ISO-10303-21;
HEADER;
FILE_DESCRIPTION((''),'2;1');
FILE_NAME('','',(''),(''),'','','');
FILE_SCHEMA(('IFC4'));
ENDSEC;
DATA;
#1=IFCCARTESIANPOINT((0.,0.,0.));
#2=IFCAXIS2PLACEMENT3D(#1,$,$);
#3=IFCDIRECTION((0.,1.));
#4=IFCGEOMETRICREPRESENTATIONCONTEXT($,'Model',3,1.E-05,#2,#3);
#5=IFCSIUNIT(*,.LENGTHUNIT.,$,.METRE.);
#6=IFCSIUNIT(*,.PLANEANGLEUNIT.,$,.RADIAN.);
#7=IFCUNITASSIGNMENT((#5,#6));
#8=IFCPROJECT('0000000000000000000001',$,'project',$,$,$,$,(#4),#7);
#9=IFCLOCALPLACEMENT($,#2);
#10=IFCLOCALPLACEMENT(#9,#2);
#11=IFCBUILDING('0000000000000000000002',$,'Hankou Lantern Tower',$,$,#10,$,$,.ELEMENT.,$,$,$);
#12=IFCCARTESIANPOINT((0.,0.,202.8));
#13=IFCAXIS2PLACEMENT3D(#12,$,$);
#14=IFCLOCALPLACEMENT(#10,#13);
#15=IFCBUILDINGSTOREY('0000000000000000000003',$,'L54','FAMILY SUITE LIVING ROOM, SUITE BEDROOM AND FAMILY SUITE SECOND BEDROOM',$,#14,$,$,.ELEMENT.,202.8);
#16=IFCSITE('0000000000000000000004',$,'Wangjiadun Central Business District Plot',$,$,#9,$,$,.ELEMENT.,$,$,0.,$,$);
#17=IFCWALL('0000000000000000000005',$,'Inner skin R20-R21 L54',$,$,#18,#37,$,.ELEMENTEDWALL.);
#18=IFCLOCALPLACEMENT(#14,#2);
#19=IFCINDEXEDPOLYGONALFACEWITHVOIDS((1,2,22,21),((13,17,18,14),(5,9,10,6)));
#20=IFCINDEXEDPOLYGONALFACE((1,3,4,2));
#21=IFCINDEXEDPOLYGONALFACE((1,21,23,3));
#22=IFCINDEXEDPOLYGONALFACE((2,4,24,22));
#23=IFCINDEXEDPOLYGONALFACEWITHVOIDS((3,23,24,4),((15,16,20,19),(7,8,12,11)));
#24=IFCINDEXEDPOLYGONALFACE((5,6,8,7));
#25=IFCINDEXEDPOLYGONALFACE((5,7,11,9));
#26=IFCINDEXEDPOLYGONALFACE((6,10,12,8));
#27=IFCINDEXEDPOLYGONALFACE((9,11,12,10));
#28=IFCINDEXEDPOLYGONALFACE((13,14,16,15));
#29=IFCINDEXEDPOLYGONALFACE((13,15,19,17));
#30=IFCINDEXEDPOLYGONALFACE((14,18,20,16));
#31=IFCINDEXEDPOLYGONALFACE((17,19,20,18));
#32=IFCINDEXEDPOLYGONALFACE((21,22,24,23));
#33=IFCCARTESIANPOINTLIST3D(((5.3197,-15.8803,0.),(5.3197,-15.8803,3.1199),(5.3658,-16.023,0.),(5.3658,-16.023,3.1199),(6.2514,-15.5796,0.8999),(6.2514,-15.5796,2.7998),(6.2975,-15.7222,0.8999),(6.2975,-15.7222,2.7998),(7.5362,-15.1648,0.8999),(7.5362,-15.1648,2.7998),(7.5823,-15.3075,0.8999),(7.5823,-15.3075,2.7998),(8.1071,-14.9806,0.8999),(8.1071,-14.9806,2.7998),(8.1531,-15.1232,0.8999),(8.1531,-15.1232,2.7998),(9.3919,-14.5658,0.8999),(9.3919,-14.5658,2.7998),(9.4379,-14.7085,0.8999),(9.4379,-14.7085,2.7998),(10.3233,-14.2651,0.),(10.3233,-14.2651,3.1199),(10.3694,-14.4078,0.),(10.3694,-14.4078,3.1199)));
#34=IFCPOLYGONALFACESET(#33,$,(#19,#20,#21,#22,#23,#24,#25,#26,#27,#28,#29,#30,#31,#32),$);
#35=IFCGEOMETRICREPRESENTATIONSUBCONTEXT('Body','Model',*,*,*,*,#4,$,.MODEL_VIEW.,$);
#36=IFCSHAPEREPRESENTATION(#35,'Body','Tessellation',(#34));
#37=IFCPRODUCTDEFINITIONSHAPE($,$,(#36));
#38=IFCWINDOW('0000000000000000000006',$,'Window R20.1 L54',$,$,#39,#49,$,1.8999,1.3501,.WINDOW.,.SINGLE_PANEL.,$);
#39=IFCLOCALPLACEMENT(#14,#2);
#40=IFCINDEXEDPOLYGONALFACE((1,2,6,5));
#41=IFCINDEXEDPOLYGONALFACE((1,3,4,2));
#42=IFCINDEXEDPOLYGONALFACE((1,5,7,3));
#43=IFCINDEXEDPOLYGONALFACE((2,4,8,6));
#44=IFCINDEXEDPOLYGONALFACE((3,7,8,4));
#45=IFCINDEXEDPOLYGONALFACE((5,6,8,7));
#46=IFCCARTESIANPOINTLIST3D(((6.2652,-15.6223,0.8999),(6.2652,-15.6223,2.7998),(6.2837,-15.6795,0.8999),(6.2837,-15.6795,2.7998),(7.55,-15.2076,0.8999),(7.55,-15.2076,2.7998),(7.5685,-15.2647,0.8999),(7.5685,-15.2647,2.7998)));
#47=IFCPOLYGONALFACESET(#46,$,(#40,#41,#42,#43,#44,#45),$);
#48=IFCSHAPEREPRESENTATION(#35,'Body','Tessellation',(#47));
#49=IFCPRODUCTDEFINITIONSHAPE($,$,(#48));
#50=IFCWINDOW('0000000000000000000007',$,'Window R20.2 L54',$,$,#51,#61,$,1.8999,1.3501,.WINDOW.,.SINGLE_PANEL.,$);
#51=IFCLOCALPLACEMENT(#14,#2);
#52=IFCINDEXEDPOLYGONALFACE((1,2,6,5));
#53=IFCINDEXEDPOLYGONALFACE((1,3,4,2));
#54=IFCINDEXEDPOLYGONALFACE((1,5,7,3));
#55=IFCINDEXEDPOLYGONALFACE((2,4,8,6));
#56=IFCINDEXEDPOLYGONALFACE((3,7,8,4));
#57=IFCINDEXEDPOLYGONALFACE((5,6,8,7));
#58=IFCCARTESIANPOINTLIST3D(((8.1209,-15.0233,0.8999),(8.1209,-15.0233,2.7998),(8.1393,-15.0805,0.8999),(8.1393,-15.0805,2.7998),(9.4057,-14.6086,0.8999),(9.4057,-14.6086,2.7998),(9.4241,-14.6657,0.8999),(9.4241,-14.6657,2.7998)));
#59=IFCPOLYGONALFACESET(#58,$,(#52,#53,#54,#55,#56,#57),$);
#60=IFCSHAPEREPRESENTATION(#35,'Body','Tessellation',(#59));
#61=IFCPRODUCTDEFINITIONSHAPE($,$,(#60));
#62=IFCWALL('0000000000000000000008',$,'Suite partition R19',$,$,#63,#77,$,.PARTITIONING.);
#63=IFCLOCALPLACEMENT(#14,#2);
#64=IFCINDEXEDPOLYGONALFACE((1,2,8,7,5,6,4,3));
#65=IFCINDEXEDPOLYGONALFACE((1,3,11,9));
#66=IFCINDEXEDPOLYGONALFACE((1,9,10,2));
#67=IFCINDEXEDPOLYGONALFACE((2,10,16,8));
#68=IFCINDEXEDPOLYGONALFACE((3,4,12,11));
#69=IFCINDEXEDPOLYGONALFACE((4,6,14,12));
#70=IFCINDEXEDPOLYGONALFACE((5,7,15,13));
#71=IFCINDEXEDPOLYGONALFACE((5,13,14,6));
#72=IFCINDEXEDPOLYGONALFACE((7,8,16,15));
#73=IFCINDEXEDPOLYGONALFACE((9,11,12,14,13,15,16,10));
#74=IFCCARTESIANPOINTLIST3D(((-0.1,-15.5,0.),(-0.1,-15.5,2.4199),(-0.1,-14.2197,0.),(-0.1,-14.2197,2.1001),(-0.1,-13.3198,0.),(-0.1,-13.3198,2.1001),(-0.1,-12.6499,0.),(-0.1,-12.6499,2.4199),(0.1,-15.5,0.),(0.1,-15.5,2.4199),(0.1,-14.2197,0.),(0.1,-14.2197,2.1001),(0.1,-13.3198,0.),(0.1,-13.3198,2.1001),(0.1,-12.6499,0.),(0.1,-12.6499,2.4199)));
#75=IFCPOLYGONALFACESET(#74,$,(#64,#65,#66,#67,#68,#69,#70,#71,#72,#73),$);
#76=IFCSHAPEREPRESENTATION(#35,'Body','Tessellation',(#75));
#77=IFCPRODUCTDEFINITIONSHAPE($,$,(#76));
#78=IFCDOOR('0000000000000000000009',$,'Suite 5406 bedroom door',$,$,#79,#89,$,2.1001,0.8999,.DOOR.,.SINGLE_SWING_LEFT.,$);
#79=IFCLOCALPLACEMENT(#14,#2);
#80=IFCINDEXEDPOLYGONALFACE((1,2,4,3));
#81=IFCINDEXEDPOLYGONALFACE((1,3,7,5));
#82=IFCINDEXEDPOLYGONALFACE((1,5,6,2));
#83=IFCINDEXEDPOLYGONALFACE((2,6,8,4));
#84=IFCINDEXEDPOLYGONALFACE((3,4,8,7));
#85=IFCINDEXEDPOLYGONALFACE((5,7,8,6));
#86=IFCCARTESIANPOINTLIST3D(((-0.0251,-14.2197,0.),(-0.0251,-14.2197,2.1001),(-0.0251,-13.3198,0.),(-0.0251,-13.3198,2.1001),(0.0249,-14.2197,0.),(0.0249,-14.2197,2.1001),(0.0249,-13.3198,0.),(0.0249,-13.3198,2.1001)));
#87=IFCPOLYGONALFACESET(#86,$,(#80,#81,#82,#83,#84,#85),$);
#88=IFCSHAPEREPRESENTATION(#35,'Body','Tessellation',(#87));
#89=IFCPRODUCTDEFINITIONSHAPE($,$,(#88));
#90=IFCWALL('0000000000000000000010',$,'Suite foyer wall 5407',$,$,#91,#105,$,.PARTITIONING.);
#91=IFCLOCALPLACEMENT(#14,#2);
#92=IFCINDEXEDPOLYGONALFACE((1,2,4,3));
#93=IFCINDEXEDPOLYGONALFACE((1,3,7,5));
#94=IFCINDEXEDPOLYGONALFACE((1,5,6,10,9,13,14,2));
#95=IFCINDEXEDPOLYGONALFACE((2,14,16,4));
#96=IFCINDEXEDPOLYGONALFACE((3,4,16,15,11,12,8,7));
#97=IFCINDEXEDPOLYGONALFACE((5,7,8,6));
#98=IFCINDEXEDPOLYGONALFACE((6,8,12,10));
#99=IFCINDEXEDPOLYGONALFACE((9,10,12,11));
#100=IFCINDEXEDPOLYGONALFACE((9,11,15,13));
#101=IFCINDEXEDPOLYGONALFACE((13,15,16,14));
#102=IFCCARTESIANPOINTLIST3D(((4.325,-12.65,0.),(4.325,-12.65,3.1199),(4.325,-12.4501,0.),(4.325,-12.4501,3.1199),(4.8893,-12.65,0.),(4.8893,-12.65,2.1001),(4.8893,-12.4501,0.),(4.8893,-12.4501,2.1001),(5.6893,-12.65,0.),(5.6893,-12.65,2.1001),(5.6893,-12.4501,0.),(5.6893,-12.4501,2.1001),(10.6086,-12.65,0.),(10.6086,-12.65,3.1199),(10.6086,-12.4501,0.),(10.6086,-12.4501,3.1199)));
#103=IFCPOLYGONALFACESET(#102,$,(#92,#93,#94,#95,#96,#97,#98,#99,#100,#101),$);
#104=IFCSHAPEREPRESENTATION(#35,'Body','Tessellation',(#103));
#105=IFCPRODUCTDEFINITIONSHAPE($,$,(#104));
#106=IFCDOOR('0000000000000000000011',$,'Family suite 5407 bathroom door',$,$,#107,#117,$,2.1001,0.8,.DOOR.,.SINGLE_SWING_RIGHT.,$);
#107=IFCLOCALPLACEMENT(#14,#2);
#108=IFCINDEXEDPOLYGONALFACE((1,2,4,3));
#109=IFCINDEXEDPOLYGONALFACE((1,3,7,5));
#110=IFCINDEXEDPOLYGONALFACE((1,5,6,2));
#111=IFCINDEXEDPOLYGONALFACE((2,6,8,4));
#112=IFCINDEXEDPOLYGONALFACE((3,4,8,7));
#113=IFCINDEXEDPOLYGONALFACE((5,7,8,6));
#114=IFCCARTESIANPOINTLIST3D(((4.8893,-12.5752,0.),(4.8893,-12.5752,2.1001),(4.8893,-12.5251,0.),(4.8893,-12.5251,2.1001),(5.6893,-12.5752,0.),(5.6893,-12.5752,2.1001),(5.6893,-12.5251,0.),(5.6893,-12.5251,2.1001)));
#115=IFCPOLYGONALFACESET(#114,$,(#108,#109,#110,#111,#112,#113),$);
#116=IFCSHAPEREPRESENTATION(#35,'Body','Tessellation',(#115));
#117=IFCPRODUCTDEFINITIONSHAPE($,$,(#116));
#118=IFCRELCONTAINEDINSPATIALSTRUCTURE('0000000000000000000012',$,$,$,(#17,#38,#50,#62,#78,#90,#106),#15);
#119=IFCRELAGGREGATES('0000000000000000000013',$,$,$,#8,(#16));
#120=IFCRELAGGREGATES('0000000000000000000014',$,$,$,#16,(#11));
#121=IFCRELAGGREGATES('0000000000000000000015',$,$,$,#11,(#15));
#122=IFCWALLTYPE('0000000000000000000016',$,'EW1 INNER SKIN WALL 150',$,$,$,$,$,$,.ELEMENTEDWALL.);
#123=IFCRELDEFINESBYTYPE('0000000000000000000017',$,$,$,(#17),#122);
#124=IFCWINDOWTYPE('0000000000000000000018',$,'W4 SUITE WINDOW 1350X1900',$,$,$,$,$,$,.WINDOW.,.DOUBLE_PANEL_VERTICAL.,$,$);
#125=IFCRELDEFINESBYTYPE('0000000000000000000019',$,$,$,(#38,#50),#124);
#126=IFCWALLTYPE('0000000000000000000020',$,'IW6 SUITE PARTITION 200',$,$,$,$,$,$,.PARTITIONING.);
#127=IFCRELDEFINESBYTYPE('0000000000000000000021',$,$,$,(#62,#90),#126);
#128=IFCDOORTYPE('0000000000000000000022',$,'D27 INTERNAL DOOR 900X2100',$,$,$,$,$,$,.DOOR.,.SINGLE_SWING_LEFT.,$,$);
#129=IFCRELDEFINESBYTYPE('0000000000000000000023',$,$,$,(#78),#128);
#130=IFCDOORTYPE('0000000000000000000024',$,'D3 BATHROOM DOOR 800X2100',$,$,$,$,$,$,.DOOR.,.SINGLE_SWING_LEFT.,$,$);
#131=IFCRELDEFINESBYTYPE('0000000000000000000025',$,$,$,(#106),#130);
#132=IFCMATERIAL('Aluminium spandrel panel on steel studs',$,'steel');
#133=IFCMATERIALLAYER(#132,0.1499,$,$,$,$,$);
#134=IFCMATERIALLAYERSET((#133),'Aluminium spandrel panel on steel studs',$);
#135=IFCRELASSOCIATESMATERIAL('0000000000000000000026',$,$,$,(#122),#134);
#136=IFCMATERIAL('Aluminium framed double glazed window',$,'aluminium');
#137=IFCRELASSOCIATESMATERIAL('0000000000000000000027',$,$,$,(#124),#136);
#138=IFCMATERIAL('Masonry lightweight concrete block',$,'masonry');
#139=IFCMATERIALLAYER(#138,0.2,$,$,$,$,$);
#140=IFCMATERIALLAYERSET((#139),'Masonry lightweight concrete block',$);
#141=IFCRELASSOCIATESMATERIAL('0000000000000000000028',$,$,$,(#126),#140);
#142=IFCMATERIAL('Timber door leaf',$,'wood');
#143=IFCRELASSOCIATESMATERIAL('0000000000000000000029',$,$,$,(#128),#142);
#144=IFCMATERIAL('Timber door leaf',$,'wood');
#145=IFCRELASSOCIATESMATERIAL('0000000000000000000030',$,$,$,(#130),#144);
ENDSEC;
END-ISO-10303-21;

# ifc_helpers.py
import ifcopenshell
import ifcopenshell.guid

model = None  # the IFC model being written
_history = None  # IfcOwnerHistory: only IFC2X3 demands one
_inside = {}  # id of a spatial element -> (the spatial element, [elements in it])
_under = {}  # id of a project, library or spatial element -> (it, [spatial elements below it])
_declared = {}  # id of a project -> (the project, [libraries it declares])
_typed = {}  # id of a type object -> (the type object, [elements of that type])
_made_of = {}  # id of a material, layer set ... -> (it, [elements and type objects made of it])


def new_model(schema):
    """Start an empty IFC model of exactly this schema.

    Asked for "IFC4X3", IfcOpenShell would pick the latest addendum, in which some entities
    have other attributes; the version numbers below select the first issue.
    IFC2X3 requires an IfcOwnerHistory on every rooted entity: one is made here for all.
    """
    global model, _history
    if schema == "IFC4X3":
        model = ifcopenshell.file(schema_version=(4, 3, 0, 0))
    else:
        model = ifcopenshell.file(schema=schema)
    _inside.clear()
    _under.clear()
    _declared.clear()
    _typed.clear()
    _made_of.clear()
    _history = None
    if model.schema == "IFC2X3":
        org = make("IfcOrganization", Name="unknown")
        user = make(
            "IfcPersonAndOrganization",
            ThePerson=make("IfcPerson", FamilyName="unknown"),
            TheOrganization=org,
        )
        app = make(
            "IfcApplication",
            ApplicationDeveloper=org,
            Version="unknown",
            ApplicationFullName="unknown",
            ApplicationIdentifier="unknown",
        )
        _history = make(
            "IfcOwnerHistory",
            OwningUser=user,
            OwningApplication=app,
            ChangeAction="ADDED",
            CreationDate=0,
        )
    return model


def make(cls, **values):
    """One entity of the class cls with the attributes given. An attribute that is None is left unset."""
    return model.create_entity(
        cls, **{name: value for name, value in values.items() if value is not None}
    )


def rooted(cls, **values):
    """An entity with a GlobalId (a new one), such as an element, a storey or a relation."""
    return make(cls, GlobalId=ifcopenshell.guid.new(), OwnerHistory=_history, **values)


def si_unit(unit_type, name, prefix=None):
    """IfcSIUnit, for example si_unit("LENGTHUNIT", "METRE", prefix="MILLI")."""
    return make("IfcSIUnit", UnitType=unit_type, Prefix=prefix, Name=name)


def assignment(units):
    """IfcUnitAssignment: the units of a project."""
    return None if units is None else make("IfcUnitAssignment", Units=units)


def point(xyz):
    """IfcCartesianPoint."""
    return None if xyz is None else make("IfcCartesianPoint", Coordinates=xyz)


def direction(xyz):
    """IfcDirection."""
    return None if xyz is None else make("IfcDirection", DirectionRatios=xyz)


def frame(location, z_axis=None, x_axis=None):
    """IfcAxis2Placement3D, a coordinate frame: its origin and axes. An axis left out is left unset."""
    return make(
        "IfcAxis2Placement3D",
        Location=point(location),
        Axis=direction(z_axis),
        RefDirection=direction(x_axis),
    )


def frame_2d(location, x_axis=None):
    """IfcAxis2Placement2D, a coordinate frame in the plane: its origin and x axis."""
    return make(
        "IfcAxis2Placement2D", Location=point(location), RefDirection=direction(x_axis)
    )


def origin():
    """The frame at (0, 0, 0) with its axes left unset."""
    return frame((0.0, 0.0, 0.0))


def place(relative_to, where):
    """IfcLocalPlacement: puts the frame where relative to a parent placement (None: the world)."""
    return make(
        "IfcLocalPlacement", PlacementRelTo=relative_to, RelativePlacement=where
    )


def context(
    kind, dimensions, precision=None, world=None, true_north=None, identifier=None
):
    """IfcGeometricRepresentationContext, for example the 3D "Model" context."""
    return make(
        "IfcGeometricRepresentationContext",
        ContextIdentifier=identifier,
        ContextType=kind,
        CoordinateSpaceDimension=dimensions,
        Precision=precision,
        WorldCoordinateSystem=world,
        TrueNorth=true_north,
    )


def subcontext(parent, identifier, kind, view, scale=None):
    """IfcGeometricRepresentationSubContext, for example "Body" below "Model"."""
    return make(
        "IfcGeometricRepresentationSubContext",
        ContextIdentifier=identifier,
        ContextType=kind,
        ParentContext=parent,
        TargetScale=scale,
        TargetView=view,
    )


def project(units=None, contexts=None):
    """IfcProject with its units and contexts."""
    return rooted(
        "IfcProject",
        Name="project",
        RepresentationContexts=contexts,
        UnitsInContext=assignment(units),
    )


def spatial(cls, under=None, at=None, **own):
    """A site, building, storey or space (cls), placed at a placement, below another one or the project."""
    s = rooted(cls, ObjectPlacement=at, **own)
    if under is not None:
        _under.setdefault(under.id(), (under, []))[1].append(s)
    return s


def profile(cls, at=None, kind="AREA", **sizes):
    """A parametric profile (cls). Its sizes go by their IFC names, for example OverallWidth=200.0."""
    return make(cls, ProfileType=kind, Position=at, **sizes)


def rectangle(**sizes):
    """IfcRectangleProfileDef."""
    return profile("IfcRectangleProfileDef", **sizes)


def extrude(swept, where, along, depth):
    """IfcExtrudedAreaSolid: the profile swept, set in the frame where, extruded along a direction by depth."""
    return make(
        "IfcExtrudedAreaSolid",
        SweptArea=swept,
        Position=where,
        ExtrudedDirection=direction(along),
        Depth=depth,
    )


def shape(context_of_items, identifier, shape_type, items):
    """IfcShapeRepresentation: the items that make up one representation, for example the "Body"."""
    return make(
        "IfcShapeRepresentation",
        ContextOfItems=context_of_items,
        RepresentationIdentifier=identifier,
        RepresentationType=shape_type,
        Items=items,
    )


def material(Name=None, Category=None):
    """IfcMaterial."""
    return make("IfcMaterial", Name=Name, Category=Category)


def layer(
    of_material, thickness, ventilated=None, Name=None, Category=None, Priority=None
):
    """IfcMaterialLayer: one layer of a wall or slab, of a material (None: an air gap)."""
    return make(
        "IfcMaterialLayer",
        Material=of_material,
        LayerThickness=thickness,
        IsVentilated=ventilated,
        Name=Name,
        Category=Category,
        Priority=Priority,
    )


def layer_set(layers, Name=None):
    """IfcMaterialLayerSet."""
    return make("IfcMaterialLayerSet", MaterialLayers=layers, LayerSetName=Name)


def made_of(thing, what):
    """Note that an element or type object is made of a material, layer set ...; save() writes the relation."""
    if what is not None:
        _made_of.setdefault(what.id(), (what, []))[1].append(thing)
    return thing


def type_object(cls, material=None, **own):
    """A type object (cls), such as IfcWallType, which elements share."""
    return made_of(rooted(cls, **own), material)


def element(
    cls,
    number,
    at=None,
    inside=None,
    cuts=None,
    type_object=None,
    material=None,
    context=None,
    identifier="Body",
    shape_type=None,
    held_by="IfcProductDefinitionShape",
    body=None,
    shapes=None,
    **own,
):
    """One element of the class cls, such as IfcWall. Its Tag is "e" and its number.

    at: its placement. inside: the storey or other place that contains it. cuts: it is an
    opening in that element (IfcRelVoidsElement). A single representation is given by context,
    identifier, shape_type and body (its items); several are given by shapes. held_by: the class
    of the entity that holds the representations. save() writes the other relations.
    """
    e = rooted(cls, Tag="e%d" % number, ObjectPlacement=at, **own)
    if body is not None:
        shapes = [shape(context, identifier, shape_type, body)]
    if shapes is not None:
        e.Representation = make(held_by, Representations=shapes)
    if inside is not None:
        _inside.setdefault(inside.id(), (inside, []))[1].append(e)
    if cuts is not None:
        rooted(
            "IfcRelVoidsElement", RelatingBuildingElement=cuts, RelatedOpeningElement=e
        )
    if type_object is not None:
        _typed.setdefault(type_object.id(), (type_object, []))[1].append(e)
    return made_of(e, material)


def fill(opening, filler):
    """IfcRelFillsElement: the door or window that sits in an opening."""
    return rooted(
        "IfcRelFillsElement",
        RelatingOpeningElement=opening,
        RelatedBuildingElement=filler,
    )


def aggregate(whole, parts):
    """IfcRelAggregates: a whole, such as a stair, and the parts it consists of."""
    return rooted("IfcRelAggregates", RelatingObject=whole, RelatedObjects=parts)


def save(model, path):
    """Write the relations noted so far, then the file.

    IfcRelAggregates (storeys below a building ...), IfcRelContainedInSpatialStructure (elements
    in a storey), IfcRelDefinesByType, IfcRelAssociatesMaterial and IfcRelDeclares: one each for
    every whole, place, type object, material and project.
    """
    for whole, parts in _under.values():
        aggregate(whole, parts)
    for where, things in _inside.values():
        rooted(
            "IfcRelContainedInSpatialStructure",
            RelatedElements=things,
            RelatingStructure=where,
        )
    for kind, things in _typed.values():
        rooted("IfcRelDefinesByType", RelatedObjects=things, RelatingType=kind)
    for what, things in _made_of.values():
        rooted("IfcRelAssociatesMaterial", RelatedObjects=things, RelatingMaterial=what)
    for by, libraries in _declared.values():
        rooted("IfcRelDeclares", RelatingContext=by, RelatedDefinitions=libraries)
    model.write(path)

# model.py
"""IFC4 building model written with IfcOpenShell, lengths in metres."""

from ifc_helpers import new_model, si_unit, direction, frame, frame_2d, origin, place, context, subcontext, project, spatial, rectangle, extrude, material, layer, layer_set, type_object, element, fill, save


model = new_model("IFC4")

# Units and contexts
model_context = context("Model", 3, precision=1e-05, world=origin(), true_north=direction((0.0, 1.0)))
body_context = subcontext(model_context, "Body", "Model", "MODEL_VIEW")
ifc_project = project(units=[si_unit("LENGTHUNIT", "METRE"), si_unit("PLANEANGLEUNIT", "RADIAN")], contexts=[model_context])

# Site, building, storey
site_placement = place(None, origin())
site = spatial("IfcSite", under=ifc_project, at=site_placement, Name="Wangjiadun Central Business District Plot", CompositionType="ELEMENT", RefElevation=0.0)
building_placement = place(site_placement, origin())
building = spatial("IfcBuilding", under=site, at=building_placement, Name="Hankou Lantern Tower", CompositionType="ELEMENT")
storey_placement = place(building_placement, frame((0.0, 0.0, 202.8)))
storey = spatial("IfcBuildingStorey", under=building, at=storey_placement, Name="L54", Description="FAMILY SUITE LIVING ROOM, SUITE BEDROOM AND FAMILY SUITE SECOND BEDROOM", CompositionType="ELEMENT", Elevation=202.8)

# Wall, openings, windows
ifc_material_1 = material(Name="Aluminium spandrel panel on steel studs", Category="steel")
ifc_layer_1 = layer(ifc_material_1, 0.1499)
ifc_layer_set_1 = layer_set([ifc_layer_1], Name="Aluminium spandrel panel on steel studs")
wall_type_1 = type_object("IfcWallType", Name="EW1 INNER SKIN WALL 150", PredefinedType="ELEMENTEDWALL", material=ifc_layer_set_1)
ifc_material_2 = material(Name="Aluminium framed double glazed window", Category="aluminium")
window_type = type_object("IfcWindowType", Name="W4 SUITE WINDOW 1350X1900", PartitioningType="DOUBLE_PANEL_VERTICAL", PredefinedType="WINDOW", material=ifc_material_2)
wall_1_placement = place(storey_placement, frame((5.3428, -15.9517, 0.0), z_axis=(0.0, 0.0, 1.0), x_axis=(0.951645, 0.307201, 0.0)))
wall_1 = element("IfcWall", 1, at=wall_1_placement, inside=storey, type_object=wall_type_1, Name="Inner skin R20-R21 L54", PredefinedType="ELEMENTEDWALL", context=body_context, shape_type="SweptSolid", body=[
    extrude(rectangle(XDim=5.2578, YDim=0.1499, at=frame_2d((2.6289, 0.0))), origin(), (0.0, 0.0, 1.0), 3.1199),
])
opening_1_placement = place(wall_1_placement, frame((0.979, 0.0, 0.8999)))
opening_1 = element("IfcOpeningElement", 2, at=opening_1_placement, cuts=wall_1, PredefinedType="OPENING", context=body_context, shape_type="SweptSolid", body=[
    extrude(rectangle(XDim=1.3501, YDim=1.8999, at=frame_2d((0.675, 0.95))), frame((0.0, 0.085, 0.0), z_axis=(0.0, -1.0, 0.0), x_axis=(1.0, 0.0, 0.0)), (0.0, 0.0, 1.0), 0.1699),
])
opening_2_placement = place(wall_1_placement, frame((2.929, 0.0, 0.8999)))
opening_2 = element("IfcOpeningElement", 3, at=opening_2_placement, cuts=wall_1, PredefinedType="OPENING", context=body_context, shape_type="SweptSolid", body=[
    extrude(rectangle(XDim=1.3501, YDim=1.8999, at=frame_2d((0.675, 0.95))), frame((0.0, 0.085, 0.0), z_axis=(0.0, -1.0, 0.0), x_axis=(1.0, 0.0, 0.0)), (0.0, 0.0, 1.0), 0.1699),
])
window_1_placement = place(opening_1_placement, origin())
window_1 = element("IfcWindow", 4, at=window_1_placement, inside=storey, type_object=window_type, Name="Window R20.1 L54", OverallHeight=1.8999, OverallWidth=1.3501, PartitioningType="SINGLE_PANEL", PredefinedType="WINDOW", context=body_context, shape_type="SweptSolid", body=[
    extrude(rectangle(XDim=1.3501, YDim=1.8999, at=frame_2d((0.675, 0.95))), frame((0.0, 0.03, 0.0), z_axis=(0.0, -1.0, 0.0), x_axis=(1.0, 0.0, 0.0)), (0.0, 0.0, 1.0), 0.0601),
])
fill(opening_1, window_1)
window_2_placement = place(opening_2_placement, origin())
window_2 = element("IfcWindow", 5, at=window_2_placement, inside=storey, type_object=window_type, Name="Window R20.2 L54", OverallHeight=1.8999, OverallWidth=1.3501, PartitioningType="SINGLE_PANEL", PredefinedType="WINDOW", context=body_context, shape_type="SweptSolid", body=[
    extrude(rectangle(XDim=1.3501, YDim=1.8999, at=frame_2d((0.675, 0.95))), frame((0.0, 0.03, 0.0), z_axis=(0.0, -1.0, 0.0), x_axis=(1.0, 0.0, 0.0)), (0.0, 0.0, 1.0), 0.0601),
])
fill(opening_2, window_2)

# Walls, openings, doors
ifc_material_3 = material(Name="Masonry lightweight concrete block", Category="masonry")
ifc_layer_2 = layer(ifc_material_3, 0.2)
ifc_layer_set_2 = layer_set([ifc_layer_2], Name="Masonry lightweight concrete block")
wall_type_2 = type_object("IfcWallType", Name="IW6 SUITE PARTITION 200", PredefinedType="PARTITIONING", material=ifc_layer_set_2)
wall_2_placement = place(storey_placement, frame((0.0, -12.6499, 0.0), z_axis=(0.0, 0.0, 1.0), x_axis=(0.0, -1.0, 0.0)))
wall_2 = element("IfcWall", 6, at=wall_2_placement, inside=storey, type_object=wall_type_2, Name="Suite partition R19", PredefinedType="PARTITIONING", context=body_context, shape_type="SweptSolid", body=[
    extrude(rectangle(XDim=2.8501, YDim=0.2, at=frame_2d((1.425, 0.0))), origin(), (0.0, 0.0, 1.0), 2.4199),
])
opening_3_placement = place(wall_2_placement, frame((0.6699, 0.0, 0.0)))
opening_3 = element("IfcOpeningElement", 7, at=opening_3_placement, cuts=wall_2, PredefinedType="OPENING", context=body_context, shape_type="SweptSolid", body=[
    extrude(rectangle(XDim=0.8999, YDim=2.1001, at=frame_2d((0.45, 1.05))), frame((0.0, 0.1099, 0.0), z_axis=(0.0, -1.0, 0.0), x_axis=(1.0, 0.0, 0.0)), (0.0, 0.0, 1.0), 0.22),
])
ifc_material_4 = material(Name="Timber door leaf", Category="wood")
door_type_1 = type_object("IfcDoorType", Name="D27 INTERNAL DOOR 900X2100", OperationType="SINGLE_SWING_LEFT", PredefinedType="DOOR", material=ifc_material_4)
door_1_placement = place(opening_3_placement, origin())
door_1 = element("IfcDoor", 8, at=door_1_placement, inside=storey, type_object=door_type_1, Name="Suite 5406 bedroom door", OperationType="SINGLE_SWING_LEFT", OverallHeight=2.1001, OverallWidth=0.8999, PredefinedType="DOOR", context=body_context, shape_type="SweptSolid", body=[
    extrude(rectangle(XDim=0.8999, YDim=2.1001, at=frame_2d((0.45, 1.05))), frame((0.0, 0.0249, 0.0), z_axis=(0.0, -1.0, 0.0), x_axis=(1.0, 0.0, 0.0)), (0.0, 0.0, 1.0), 0.05),
])
fill(opening_3, door_1)
wall_3_placement = place(storey_placement, frame((4.325, -12.55, 0.0), z_axis=(0.0, 0.0, 1.0), x_axis=(1.0, 0.0, 0.0)))
wall_3 = element("IfcWall", 9, at=wall_3_placement, inside=storey, type_object=wall_type_2, Name="Suite foyer wall 5407", PredefinedType="PARTITIONING", context=body_context, shape_type="SweptSolid", body=[
    extrude(rectangle(XDim=6.2837, YDim=0.2, at=frame_2d((3.1418, 0.0))), origin(), (0.0, 0.0, 1.0), 3.1199),
])
opening_4_placement = place(wall_3_placement, frame((0.5645, 0.0, 0.0)))
opening_4 = element("IfcOpeningElement", 10, at=opening_4_placement, cuts=wall_3, PredefinedType="OPENING", context=body_context, shape_type="SweptSolid", body=[
    extrude(rectangle(XDim=0.8, YDim=2.1001, at=frame_2d((0.3999, 1.05))), frame((0.0, 0.1099, 0.0), z_axis=(0.0, -1.0, 0.0), x_axis=(1.0, 0.0, 0.0)), (0.0, 0.0, 1.0), 0.22),
])
ifc_material_5 = material(Name="Timber door leaf", Category="wood")
door_type_2 = type_object("IfcDoorType", Name="D3 BATHROOM DOOR 800X2100", OperationType="SINGLE_SWING_LEFT", PredefinedType="DOOR", material=ifc_material_5)
door_2_placement = place(opening_4_placement, origin())
door_2 = element("IfcDoor", 11, at=door_2_placement, inside=storey, type_object=door_type_2, Name="Family suite 5407 bathroom door", OperationType="SINGLE_SWING_RIGHT", OverallHeight=2.1001, OverallWidth=0.8, PredefinedType="DOOR", context=body_context, shape_type="SweptSolid", body=[
    extrude(rectangle(XDim=0.8, YDim=2.1001, at=frame_2d((0.3999, 1.05))), frame((0.0, 0.0249, 0.0), z_axis=(0.0, -1.0, 0.0), x_axis=(1.0, 0.0, 0.0)), (0.0, 0.0, 1.0), 0.05),
])
fill(opening_4, door_2)

save(model, "model.ifc")
